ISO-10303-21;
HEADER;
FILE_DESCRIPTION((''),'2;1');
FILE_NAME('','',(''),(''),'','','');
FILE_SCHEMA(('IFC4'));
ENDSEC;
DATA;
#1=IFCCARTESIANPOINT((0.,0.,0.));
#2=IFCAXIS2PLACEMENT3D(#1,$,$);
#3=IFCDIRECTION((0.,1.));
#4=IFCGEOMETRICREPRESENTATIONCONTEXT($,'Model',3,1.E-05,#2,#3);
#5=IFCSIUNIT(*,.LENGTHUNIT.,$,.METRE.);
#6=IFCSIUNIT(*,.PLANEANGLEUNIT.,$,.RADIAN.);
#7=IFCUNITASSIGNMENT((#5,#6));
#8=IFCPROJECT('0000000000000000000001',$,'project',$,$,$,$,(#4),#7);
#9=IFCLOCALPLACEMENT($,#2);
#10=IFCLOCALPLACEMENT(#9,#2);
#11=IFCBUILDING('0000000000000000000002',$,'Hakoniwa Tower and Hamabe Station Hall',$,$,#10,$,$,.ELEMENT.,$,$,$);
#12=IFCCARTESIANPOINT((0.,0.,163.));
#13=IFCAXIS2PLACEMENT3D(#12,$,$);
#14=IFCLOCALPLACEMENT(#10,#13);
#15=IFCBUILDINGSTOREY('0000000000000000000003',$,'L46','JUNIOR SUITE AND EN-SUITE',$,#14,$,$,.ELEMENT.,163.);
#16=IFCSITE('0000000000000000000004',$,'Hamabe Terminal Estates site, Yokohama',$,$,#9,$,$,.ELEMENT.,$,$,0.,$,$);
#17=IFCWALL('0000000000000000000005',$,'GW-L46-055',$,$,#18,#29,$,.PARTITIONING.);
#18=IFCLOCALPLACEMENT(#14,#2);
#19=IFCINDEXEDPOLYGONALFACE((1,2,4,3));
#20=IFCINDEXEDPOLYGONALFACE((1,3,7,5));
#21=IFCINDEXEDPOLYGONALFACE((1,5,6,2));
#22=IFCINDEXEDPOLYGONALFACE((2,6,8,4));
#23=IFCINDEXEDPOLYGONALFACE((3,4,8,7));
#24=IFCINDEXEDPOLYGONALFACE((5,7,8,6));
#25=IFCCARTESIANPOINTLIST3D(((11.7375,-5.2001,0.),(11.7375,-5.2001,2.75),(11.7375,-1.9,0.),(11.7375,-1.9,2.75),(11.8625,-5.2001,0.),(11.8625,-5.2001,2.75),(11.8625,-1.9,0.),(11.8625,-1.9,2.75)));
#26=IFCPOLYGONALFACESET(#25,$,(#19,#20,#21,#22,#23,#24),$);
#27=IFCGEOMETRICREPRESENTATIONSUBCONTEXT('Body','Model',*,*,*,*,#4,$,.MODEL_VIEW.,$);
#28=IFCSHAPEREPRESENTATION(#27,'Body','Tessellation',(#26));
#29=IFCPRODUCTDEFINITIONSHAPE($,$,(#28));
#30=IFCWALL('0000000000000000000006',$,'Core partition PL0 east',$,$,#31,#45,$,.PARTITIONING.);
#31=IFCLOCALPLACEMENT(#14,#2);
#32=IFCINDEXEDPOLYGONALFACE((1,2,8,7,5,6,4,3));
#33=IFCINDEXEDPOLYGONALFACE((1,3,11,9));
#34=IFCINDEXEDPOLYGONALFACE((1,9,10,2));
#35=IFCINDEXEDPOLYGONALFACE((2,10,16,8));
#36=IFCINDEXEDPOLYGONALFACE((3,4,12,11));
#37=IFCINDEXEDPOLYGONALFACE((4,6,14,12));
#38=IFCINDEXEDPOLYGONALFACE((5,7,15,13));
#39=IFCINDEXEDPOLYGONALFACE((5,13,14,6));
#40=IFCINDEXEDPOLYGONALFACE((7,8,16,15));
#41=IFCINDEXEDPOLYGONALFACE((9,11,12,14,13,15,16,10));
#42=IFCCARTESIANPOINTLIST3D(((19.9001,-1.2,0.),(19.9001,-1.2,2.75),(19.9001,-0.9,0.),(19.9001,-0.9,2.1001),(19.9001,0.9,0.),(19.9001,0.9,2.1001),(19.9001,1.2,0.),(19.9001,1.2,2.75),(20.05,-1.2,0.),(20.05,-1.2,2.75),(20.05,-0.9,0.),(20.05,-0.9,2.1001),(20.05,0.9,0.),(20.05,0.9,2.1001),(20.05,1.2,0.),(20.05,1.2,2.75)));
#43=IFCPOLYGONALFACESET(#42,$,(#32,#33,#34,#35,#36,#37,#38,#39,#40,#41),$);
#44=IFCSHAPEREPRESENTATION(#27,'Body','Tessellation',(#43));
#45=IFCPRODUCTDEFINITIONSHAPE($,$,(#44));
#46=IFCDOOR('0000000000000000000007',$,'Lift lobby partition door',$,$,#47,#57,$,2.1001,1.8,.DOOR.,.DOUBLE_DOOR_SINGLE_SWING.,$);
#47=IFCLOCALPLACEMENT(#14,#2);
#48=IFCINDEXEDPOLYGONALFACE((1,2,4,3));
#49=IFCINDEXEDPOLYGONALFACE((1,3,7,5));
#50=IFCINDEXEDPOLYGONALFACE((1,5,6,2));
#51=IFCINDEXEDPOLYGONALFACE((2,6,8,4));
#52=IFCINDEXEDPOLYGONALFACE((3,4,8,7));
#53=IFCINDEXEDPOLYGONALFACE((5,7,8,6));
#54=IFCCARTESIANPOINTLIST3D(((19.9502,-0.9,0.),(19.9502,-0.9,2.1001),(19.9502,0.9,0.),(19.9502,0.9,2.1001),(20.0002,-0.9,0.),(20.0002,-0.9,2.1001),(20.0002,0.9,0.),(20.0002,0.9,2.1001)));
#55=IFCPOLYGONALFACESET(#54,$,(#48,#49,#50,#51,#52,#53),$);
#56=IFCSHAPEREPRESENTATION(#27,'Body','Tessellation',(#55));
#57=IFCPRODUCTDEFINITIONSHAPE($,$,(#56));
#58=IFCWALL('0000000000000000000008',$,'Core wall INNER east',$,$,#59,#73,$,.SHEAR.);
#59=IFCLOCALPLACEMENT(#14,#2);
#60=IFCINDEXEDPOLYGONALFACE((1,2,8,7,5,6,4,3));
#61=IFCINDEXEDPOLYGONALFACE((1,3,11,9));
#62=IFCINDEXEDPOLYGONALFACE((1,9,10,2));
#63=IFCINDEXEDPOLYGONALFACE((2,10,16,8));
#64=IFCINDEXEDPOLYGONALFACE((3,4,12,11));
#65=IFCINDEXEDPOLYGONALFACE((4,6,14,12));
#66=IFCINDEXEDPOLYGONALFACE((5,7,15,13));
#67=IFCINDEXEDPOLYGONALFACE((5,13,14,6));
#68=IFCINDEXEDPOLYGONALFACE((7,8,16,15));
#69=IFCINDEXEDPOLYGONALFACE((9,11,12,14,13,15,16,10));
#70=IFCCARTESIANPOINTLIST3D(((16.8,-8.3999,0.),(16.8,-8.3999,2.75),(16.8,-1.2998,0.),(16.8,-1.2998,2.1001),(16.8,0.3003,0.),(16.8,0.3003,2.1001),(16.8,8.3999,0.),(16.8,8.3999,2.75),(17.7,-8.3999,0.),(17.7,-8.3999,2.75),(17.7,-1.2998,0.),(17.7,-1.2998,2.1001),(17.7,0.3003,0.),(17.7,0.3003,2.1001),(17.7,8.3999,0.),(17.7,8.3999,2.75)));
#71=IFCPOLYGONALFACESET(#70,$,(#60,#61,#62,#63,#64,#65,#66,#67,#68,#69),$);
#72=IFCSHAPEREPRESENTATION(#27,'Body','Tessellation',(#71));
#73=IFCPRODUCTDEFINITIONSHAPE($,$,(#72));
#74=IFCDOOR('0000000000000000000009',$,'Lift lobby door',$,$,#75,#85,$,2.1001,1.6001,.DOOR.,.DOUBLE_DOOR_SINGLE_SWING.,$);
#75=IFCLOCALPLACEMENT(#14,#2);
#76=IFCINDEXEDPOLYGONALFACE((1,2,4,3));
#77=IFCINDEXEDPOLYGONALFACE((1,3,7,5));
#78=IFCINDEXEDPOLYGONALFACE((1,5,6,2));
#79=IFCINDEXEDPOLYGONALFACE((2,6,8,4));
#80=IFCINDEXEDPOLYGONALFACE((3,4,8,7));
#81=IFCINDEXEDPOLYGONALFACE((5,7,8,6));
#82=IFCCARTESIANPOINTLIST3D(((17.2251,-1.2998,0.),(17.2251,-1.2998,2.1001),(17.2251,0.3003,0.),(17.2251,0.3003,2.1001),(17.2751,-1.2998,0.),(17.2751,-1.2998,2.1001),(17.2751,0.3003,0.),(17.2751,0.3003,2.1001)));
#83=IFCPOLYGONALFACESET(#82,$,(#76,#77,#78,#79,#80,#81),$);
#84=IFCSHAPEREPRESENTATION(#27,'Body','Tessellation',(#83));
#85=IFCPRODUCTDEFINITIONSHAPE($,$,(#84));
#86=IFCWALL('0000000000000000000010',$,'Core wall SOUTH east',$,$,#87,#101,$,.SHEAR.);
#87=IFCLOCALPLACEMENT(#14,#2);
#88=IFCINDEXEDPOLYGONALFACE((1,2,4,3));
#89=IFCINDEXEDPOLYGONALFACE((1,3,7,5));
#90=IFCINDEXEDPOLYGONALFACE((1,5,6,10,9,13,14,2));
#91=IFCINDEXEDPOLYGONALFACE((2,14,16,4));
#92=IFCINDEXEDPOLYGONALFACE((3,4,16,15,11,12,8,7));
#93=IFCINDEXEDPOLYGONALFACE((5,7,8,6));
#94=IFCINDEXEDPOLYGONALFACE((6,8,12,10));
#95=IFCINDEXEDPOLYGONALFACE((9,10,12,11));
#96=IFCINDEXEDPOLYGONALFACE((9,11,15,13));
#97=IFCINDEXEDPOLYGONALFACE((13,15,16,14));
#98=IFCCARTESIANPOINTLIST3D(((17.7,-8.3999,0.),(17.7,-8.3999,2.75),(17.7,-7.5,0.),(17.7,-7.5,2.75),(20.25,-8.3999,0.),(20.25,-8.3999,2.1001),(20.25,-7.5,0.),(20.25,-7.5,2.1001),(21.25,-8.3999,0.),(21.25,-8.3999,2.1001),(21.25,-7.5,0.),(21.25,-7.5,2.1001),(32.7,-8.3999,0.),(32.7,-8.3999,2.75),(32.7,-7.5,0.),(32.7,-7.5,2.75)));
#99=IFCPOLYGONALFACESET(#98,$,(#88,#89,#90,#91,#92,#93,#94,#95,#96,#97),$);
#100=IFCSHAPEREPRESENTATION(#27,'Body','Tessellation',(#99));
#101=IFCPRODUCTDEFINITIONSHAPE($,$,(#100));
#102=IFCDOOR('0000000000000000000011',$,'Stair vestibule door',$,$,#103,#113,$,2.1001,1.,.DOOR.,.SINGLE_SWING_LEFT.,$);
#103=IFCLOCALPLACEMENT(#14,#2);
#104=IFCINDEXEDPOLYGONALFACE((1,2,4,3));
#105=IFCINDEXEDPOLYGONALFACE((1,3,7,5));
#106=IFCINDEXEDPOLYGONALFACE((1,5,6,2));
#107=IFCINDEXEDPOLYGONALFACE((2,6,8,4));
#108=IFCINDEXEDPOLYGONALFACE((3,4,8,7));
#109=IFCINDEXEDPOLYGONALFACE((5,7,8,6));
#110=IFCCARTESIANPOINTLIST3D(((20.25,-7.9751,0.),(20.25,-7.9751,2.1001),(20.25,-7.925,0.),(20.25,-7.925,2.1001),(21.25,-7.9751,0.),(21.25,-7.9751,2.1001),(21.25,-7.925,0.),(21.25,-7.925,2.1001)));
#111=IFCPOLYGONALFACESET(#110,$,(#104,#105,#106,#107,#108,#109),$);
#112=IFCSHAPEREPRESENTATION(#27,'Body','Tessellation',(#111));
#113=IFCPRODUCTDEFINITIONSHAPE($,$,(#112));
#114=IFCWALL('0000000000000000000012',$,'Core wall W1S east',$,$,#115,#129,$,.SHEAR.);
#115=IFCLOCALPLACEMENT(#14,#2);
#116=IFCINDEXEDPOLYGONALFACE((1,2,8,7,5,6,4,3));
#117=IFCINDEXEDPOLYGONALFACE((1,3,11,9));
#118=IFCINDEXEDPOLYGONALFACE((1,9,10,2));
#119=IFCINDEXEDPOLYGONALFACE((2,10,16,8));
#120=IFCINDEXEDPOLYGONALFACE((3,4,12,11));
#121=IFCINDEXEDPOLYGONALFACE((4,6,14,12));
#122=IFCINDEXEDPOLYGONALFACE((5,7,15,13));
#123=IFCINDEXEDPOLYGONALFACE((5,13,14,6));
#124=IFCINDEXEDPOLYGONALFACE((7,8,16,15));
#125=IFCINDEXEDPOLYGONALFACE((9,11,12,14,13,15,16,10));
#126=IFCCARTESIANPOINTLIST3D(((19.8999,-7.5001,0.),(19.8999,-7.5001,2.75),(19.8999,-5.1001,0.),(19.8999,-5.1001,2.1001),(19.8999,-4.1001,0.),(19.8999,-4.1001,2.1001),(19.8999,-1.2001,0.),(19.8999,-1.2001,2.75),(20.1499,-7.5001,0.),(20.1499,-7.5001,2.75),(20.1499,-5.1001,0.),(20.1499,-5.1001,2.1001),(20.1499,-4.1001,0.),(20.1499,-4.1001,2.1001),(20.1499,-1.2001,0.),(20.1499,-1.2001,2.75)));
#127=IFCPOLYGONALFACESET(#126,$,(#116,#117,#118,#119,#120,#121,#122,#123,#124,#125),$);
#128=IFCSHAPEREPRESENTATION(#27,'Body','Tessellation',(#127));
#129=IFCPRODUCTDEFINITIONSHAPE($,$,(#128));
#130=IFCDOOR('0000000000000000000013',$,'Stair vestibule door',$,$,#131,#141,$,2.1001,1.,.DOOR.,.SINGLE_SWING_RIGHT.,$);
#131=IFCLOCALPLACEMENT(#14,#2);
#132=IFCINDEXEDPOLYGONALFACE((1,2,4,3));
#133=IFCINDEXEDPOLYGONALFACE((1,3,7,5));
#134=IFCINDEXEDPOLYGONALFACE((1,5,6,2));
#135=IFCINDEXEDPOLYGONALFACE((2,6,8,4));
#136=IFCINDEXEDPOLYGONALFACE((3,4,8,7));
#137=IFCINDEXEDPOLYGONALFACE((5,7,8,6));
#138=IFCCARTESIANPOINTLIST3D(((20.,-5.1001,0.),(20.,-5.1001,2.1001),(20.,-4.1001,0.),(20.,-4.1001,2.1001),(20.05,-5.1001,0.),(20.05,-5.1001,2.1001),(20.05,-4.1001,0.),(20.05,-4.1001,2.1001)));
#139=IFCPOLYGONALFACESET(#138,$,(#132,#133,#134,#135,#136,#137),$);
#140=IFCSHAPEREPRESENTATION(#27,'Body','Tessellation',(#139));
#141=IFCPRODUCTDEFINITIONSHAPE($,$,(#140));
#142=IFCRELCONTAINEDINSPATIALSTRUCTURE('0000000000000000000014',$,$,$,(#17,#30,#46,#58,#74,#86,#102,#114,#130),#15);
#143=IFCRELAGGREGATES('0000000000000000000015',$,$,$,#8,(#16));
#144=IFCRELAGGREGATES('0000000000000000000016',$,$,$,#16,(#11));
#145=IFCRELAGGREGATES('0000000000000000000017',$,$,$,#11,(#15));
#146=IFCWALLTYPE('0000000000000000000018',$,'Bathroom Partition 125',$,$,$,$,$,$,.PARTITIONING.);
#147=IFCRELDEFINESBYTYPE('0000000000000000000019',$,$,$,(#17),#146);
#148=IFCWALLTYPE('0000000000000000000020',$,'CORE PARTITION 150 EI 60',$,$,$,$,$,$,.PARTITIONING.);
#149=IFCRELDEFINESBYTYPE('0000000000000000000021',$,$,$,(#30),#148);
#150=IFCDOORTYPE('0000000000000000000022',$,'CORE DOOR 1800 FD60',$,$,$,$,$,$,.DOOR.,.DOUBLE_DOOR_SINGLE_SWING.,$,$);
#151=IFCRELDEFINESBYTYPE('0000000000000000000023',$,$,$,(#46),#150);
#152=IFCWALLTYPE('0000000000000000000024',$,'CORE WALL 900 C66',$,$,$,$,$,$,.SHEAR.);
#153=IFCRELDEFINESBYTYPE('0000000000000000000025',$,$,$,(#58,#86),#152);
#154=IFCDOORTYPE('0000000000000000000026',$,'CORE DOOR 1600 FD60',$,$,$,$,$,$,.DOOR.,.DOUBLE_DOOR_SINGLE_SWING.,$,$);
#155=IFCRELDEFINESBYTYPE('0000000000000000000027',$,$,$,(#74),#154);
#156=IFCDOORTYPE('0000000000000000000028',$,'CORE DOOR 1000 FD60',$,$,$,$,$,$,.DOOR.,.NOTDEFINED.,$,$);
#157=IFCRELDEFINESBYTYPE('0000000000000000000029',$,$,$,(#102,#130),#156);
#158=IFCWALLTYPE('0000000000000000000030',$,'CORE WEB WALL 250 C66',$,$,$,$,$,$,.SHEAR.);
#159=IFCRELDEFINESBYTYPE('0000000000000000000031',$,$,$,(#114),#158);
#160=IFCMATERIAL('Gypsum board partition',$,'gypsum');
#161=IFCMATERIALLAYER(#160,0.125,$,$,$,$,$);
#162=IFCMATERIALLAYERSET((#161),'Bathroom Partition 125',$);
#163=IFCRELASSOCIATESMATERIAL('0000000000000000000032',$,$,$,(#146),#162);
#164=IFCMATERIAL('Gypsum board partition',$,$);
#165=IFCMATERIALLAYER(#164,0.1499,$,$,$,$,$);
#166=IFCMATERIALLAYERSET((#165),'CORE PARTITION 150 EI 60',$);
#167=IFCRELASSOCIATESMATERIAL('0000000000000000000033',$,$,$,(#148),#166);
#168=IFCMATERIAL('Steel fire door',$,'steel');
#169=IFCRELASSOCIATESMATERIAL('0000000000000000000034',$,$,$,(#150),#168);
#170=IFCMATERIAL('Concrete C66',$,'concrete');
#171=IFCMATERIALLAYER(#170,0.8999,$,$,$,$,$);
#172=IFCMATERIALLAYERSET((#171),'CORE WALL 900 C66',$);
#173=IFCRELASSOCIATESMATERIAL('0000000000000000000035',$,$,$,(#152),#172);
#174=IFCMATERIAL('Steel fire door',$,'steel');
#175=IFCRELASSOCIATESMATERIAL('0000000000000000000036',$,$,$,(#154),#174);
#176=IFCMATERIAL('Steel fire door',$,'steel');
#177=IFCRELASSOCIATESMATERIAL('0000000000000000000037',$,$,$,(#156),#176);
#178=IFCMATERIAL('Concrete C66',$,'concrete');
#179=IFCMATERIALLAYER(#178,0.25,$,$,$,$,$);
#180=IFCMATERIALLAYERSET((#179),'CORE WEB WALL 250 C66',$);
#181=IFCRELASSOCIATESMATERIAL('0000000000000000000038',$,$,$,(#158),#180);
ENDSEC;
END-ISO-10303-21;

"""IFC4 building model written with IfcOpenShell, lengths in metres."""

from ifc_helpers import new_model, si_unit, direction, frame, frame_2d, origin, place, context, subcontext, project, spatial, rectangle, extrude, material, layer, layer_set, type_object, element, fill, save


model = new_model("IFC4")

# Units and contexts
model_context = context("Model", 3, precision=1e-05, world=origin(), true_north=direction((0.0, 1.0)))
body_context = subcontext(model_context, "Body", "Model", "MODEL_VIEW")
ifc_project = project(units=[si_unit("LENGTHUNIT", "METRE"), si_unit("PLANEANGLEUNIT", "RADIAN")], contexts=[model_context])

# Site, building, storey
site_placement = place(None, origin())
site = spatial("IfcSite", under=ifc_project, at=site_placement, Name="Hamabe Terminal Estates site, Yokohama", CompositionType="ELEMENT", RefElevation=0.0)
building_placement = place(site_placement, origin())
building = spatial("IfcBuilding", under=site, at=building_placement, Name="Hakoniwa Tower and Hamabe Station Hall", CompositionType="ELEMENT")
storey_placement = place(building_placement, frame((0.0, 0.0, 163.0)))
storey = spatial("IfcBuildingStorey", under=building, at=storey_placement, Name="L46", Description="JUNIOR SUITE AND EN-SUITE", CompositionType="ELEMENT", Elevation=163.0)

# Wall
ifc_material_1 = material(Name="Gypsum board partition", Category="gypsum")
ifc_layer_1 = layer(ifc_material_1, 0.125)
ifc_layer_set_1 = layer_set([ifc_layer_1], Name="Bathroom Partition 125")
wall_type_1 = type_object("IfcWallType", Name="Bathroom Partition 125", PredefinedType="PARTITIONING", material=ifc_layer_set_1)
wall_1_placement = place(storey_placement, frame((11.8, -5.2, 0.0), z_axis=(0.0, 0.0, 1.0), x_axis=(0.0, 1.0, 0.0)))
element("IfcWall", 1, at=wall_1_placement, inside=storey, type_object=wall_type_1, Name="GW-L46-055", PredefinedType="PARTITIONING", context=body_context, shape_type="SweptSolid", body=[
    extrude(rectangle(XDim=3.3, YDim=0.125, at=frame_2d((1.6499, 0.0))), origin(), (0.0, 0.0, 1.0), 2.75),
])

# Walls, openings, doors
ifc_material_2 = material(Name="Gypsum board partition")
ifc_layer_2 = layer(ifc_material_2, 0.1499)
ifc_layer_set_2 = layer_set([ifc_layer_2], Name="CORE PARTITION 150 EI 60")
wall_type_2 = type_object("IfcWallType", Name="CORE PARTITION 150 EI 60", PredefinedType="PARTITIONING", material=ifc_layer_set_2)
wall_2_placement = place(storey_placement, frame((19.9751, -1.2, 0.0), z_axis=(0.0, 0.0, 1.0), x_axis=(0.0, 1.0, 0.0)))
wall_2 = element("IfcWall", 2, at=wall_2_placement, inside=storey, type_object=wall_type_2, Name="Core partition PL0 east", PredefinedType="PARTITIONING", context=body_context, shape_type="SweptSolid", body=[
    extrude(rectangle(XDim=2.3999, YDim=0.1499, at=frame_2d((1.2, 0.0))), origin(), (0.0, 0.0, 1.0), 2.75),
])
opening_1_placement = place(wall_2_placement, frame((0.3, 0.0, 0.0)))
opening_1 = element("IfcOpeningElement", 3, at=opening_1_placement, cuts=wall_2, PredefinedType="OPENING", context=body_context, shape_type="SweptSolid", body=[
    extrude(rectangle(XDim=1.8, YDim=2.1001, at=frame_2d((0.8999, 1.05))), frame((0.0, 0.085, 0.0), z_axis=(0.0, -1.0, 0.0), x_axis=(1.0, 0.0, 0.0)), (0.0, 0.0, 1.0), 0.1699),
])
ifc_material_3 = material(Name="Steel fire door", Category="steel")
door_type_1 = type_object("IfcDoorType", Name="CORE DOOR 1800 FD60", OperationType="DOUBLE_DOOR_SINGLE_SWING", PredefinedType="DOOR", material=ifc_material_3)
door_1_placement = place(opening_1_placement, origin())
door_1 = element("IfcDoor", 4, at=door_1_placement, inside=storey, type_object=door_type_1, Name="Lift lobby partition door", OperationType="DOUBLE_DOOR_SINGLE_SWING", OverallHeight=2.1001, OverallWidth=1.8, PredefinedType="DOOR", context=body_context, shape_type="SweptSolid", body=[
    extrude(rectangle(XDim=1.8, YDim=2.1001, at=frame_2d((0.8999, 1.05))), frame((0.0, 0.0249, 0.0), z_axis=(0.0, -1.0, 0.0), x_axis=(1.0, 0.0, 0.0)), (0.0, 0.0, 1.0), 0.05),
])
fill(opening_1, door_1)
ifc_material_4 = material(Name="Concrete C66", Category="concrete")
ifc_layer_3 = layer(ifc_material_4, 0.8999)
ifc_layer_set_3 = layer_set([ifc_layer_3], Name="CORE WALL 900 C66")
wall_type_3 = type_object("IfcWallType", Name="CORE WALL 900 C66", PredefinedType="SHEAR", material=ifc_layer_set_3)
wall_3_placement = place(storey_placement, frame((17.25, -8.3999, 0.0), z_axis=(0.0, 0.0, 1.0), x_axis=(0.0, 1.0, 0.0)))
wall_3 = element("IfcWall", 5, at=wall_3_placement, inside=storey, type_object=wall_type_3, Name="Core wall INNER east", PredefinedType="SHEAR", context=body_context, shape_type="SweptSolid", body=[
    extrude(rectangle(XDim=16.7998, YDim=0.8999, at=frame_2d((8.3999, 0.0))), origin(), (0.0, 0.0, 1.0), 2.75),
])
opening_2_placement = place(wall_3_placement, frame((7.1001, 0.0, 0.0)))
opening_2 = element("IfcOpeningElement", 6, at=opening_2_placement, cuts=wall_3, PredefinedType="OPENING", context=body_context, shape_type="SweptSolid", body=[
    extrude(rectangle(XDim=1.6001, YDim=2.1001, at=frame_2d((0.8, 1.05))), frame((0.0, 0.46, 0.0), z_axis=(0.0, -1.0, 0.0), x_axis=(1.0, 0.0, 0.0)), (0.0, 0.0, 1.0), 0.9199),
])
ifc_material_5 = material(Name="Steel fire door", Category="steel")
door_type_2 = type_object("IfcDoorType", Name="CORE DOOR 1600 FD60", OperationType="DOUBLE_DOOR_SINGLE_SWING", PredefinedType="DOOR", material=ifc_material_5)
door_2_placement = place(opening_2_placement, origin())
door_2 = element("IfcDoor", 7, at=door_2_placement, inside=storey, type_object=door_type_2, Name="Lift lobby door", OperationType="DOUBLE_DOOR_SINGLE_SWING", OverallHeight=2.1001, OverallWidth=1.6001, PredefinedType="DOOR", context=body_context, shape_type="SweptSolid", body=[
    extrude(rectangle(XDim=1.6001, YDim=2.1001, at=frame_2d((0.8, 1.05))), frame((0.0, 0.0249, 0.0), z_axis=(0.0, -1.0, 0.0), x_axis=(1.0, 0.0, 0.0)), (0.0, 0.0, 1.0), 0.05),
])
fill(opening_2, door_2)
wall_4_placement = place(storey_placement, frame((17.7, -7.95, 0.0), z_axis=(0.0, 0.0, 1.0), x_axis=(1.0, 0.0, 0.0)))
wall_4 = element("IfcWall", 8, at=wall_4_placement, inside=storey, type_object=wall_type_3, Name="Core wall SOUTH east", PredefinedType="SHEAR", context=body_context, shape_type="SweptSolid", body=[
    extrude(rectangle(XDim=15.0, YDim=0.8999, at=frame_2d((7.5, 0.0))), origin(), (0.0, 0.0, 1.0), 2.75),
])
opening_3_placement = place(wall_4_placement, frame((2.55, 0.0, 0.0)))
opening_3 = element("IfcOpeningElement", 9, at=opening_3_placement, cuts=wall_4, PredefinedType="OPENING", context=body_context, shape_type="SweptSolid", body=[
    extrude(rectangle(XDim=1.0, YDim=2.1001, at=frame_2d((0.5, 1.05))), frame((0.0, 0.46, 0.0), z_axis=(0.0, -1.0, 0.0), x_axis=(1.0, 0.0, 0.0)), (0.0, 0.0, 1.0), 0.9199),
])
ifc_material_6 = material(Name="Steel fire door", Category="steel")
door_type_3 = type_object("IfcDoorType", Name="CORE DOOR 1000 FD60", OperationType="NOTDEFINED", PredefinedType="DOOR", material=ifc_material_6)
door_3_placement = place(opening_3_placement, origin())
door_3 = element("IfcDoor", 10, at=door_3_placement, inside=storey, type_object=door_type_3, Name="Stair vestibule door", OperationType="SINGLE_SWING_LEFT", OverallHeight=2.1001, OverallWidth=1.0, PredefinedType="DOOR", context=body_context, shape_type="SweptSolid", body=[
    extrude(rectangle(XDim=1.0, YDim=2.1001, at=frame_2d((0.5, 1.05))), frame((0.0, 0.0249, 0.0), z_axis=(0.0, -1.0, 0.0), x_axis=(1.0, 0.0, 0.0)), (0.0, 0.0, 1.0), 0.05),
])
fill(opening_3, door_3)
ifc_material_7 = material(Name="Concrete C66", Category="concrete")
ifc_layer_4 = layer(ifc_material_7, 0.25)
ifc_layer_set_4 = layer_set([ifc_layer_4], Name="CORE WEB WALL 250 C66")
wall_type_4 = type_object("IfcWallType", Name="CORE WEB WALL 250 C66", PredefinedType="SHEAR", material=ifc_layer_set_4)
wall_5_placement = place(storey_placement, frame((20.0249, -7.5, 0.0), z_axis=(0.0, 0.0, 1.0), x_axis=(0.0, 1.0, 0.0)))
wall_5 = element("IfcWall", 11, at=wall_5_placement, inside=storey, type_object=wall_type_4, Name="Core wall W1S east", PredefinedType="SHEAR", context=body_context, shape_type="SweptSolid", body=[
    extrude(rectangle(XDim=6.3, YDim=0.25, at=frame_2d((3.1499, 0.0))), origin(), (0.0, 0.0, 1.0), 2.75),
])
opening_4_placement = place(wall_5_placement, frame((2.3999, 0.0, 0.0)))
opening_4 = element("IfcOpeningElement", 12, at=opening_4_placement, cuts=wall_5, PredefinedType="OPENING", context=body_context, shape_type="SweptSolid", body=[
    extrude(rectangle(XDim=1.0, YDim=2.1001, at=frame_2d((0.5, 1.05))), frame((0.0, 0.135, 0.0), z_axis=(0.0, -1.0, 0.0), x_axis=(1.0, 0.0, 0.0)), (0.0, 0.0, 1.0), 0.27),
])
door_4_placement = place(opening_4_placement, origin())
door_4 = element("IfcDoor", 13, at=door_4_placement, inside=storey, type_object=door_type_3, Name="Stair vestibule door", OperationType="SINGLE_SWING_RIGHT", OverallHeight=2.1001, OverallWidth=1.0, PredefinedType="DOOR", context=body_context, shape_type="SweptSolid", body=[
    extrude(rectangle(XDim=1.0, YDim=2.1001, at=frame_2d((0.5, 1.05))), frame((0.0, 0.0249, 0.0), z_axis=(0.0, -1.0, 0.0), x_axis=(1.0, 0.0, 0.0)), (0.0, 0.0, 1.0), 0.05),
])
fill(opening_4, door_4)

save(model, "model.ifc")
